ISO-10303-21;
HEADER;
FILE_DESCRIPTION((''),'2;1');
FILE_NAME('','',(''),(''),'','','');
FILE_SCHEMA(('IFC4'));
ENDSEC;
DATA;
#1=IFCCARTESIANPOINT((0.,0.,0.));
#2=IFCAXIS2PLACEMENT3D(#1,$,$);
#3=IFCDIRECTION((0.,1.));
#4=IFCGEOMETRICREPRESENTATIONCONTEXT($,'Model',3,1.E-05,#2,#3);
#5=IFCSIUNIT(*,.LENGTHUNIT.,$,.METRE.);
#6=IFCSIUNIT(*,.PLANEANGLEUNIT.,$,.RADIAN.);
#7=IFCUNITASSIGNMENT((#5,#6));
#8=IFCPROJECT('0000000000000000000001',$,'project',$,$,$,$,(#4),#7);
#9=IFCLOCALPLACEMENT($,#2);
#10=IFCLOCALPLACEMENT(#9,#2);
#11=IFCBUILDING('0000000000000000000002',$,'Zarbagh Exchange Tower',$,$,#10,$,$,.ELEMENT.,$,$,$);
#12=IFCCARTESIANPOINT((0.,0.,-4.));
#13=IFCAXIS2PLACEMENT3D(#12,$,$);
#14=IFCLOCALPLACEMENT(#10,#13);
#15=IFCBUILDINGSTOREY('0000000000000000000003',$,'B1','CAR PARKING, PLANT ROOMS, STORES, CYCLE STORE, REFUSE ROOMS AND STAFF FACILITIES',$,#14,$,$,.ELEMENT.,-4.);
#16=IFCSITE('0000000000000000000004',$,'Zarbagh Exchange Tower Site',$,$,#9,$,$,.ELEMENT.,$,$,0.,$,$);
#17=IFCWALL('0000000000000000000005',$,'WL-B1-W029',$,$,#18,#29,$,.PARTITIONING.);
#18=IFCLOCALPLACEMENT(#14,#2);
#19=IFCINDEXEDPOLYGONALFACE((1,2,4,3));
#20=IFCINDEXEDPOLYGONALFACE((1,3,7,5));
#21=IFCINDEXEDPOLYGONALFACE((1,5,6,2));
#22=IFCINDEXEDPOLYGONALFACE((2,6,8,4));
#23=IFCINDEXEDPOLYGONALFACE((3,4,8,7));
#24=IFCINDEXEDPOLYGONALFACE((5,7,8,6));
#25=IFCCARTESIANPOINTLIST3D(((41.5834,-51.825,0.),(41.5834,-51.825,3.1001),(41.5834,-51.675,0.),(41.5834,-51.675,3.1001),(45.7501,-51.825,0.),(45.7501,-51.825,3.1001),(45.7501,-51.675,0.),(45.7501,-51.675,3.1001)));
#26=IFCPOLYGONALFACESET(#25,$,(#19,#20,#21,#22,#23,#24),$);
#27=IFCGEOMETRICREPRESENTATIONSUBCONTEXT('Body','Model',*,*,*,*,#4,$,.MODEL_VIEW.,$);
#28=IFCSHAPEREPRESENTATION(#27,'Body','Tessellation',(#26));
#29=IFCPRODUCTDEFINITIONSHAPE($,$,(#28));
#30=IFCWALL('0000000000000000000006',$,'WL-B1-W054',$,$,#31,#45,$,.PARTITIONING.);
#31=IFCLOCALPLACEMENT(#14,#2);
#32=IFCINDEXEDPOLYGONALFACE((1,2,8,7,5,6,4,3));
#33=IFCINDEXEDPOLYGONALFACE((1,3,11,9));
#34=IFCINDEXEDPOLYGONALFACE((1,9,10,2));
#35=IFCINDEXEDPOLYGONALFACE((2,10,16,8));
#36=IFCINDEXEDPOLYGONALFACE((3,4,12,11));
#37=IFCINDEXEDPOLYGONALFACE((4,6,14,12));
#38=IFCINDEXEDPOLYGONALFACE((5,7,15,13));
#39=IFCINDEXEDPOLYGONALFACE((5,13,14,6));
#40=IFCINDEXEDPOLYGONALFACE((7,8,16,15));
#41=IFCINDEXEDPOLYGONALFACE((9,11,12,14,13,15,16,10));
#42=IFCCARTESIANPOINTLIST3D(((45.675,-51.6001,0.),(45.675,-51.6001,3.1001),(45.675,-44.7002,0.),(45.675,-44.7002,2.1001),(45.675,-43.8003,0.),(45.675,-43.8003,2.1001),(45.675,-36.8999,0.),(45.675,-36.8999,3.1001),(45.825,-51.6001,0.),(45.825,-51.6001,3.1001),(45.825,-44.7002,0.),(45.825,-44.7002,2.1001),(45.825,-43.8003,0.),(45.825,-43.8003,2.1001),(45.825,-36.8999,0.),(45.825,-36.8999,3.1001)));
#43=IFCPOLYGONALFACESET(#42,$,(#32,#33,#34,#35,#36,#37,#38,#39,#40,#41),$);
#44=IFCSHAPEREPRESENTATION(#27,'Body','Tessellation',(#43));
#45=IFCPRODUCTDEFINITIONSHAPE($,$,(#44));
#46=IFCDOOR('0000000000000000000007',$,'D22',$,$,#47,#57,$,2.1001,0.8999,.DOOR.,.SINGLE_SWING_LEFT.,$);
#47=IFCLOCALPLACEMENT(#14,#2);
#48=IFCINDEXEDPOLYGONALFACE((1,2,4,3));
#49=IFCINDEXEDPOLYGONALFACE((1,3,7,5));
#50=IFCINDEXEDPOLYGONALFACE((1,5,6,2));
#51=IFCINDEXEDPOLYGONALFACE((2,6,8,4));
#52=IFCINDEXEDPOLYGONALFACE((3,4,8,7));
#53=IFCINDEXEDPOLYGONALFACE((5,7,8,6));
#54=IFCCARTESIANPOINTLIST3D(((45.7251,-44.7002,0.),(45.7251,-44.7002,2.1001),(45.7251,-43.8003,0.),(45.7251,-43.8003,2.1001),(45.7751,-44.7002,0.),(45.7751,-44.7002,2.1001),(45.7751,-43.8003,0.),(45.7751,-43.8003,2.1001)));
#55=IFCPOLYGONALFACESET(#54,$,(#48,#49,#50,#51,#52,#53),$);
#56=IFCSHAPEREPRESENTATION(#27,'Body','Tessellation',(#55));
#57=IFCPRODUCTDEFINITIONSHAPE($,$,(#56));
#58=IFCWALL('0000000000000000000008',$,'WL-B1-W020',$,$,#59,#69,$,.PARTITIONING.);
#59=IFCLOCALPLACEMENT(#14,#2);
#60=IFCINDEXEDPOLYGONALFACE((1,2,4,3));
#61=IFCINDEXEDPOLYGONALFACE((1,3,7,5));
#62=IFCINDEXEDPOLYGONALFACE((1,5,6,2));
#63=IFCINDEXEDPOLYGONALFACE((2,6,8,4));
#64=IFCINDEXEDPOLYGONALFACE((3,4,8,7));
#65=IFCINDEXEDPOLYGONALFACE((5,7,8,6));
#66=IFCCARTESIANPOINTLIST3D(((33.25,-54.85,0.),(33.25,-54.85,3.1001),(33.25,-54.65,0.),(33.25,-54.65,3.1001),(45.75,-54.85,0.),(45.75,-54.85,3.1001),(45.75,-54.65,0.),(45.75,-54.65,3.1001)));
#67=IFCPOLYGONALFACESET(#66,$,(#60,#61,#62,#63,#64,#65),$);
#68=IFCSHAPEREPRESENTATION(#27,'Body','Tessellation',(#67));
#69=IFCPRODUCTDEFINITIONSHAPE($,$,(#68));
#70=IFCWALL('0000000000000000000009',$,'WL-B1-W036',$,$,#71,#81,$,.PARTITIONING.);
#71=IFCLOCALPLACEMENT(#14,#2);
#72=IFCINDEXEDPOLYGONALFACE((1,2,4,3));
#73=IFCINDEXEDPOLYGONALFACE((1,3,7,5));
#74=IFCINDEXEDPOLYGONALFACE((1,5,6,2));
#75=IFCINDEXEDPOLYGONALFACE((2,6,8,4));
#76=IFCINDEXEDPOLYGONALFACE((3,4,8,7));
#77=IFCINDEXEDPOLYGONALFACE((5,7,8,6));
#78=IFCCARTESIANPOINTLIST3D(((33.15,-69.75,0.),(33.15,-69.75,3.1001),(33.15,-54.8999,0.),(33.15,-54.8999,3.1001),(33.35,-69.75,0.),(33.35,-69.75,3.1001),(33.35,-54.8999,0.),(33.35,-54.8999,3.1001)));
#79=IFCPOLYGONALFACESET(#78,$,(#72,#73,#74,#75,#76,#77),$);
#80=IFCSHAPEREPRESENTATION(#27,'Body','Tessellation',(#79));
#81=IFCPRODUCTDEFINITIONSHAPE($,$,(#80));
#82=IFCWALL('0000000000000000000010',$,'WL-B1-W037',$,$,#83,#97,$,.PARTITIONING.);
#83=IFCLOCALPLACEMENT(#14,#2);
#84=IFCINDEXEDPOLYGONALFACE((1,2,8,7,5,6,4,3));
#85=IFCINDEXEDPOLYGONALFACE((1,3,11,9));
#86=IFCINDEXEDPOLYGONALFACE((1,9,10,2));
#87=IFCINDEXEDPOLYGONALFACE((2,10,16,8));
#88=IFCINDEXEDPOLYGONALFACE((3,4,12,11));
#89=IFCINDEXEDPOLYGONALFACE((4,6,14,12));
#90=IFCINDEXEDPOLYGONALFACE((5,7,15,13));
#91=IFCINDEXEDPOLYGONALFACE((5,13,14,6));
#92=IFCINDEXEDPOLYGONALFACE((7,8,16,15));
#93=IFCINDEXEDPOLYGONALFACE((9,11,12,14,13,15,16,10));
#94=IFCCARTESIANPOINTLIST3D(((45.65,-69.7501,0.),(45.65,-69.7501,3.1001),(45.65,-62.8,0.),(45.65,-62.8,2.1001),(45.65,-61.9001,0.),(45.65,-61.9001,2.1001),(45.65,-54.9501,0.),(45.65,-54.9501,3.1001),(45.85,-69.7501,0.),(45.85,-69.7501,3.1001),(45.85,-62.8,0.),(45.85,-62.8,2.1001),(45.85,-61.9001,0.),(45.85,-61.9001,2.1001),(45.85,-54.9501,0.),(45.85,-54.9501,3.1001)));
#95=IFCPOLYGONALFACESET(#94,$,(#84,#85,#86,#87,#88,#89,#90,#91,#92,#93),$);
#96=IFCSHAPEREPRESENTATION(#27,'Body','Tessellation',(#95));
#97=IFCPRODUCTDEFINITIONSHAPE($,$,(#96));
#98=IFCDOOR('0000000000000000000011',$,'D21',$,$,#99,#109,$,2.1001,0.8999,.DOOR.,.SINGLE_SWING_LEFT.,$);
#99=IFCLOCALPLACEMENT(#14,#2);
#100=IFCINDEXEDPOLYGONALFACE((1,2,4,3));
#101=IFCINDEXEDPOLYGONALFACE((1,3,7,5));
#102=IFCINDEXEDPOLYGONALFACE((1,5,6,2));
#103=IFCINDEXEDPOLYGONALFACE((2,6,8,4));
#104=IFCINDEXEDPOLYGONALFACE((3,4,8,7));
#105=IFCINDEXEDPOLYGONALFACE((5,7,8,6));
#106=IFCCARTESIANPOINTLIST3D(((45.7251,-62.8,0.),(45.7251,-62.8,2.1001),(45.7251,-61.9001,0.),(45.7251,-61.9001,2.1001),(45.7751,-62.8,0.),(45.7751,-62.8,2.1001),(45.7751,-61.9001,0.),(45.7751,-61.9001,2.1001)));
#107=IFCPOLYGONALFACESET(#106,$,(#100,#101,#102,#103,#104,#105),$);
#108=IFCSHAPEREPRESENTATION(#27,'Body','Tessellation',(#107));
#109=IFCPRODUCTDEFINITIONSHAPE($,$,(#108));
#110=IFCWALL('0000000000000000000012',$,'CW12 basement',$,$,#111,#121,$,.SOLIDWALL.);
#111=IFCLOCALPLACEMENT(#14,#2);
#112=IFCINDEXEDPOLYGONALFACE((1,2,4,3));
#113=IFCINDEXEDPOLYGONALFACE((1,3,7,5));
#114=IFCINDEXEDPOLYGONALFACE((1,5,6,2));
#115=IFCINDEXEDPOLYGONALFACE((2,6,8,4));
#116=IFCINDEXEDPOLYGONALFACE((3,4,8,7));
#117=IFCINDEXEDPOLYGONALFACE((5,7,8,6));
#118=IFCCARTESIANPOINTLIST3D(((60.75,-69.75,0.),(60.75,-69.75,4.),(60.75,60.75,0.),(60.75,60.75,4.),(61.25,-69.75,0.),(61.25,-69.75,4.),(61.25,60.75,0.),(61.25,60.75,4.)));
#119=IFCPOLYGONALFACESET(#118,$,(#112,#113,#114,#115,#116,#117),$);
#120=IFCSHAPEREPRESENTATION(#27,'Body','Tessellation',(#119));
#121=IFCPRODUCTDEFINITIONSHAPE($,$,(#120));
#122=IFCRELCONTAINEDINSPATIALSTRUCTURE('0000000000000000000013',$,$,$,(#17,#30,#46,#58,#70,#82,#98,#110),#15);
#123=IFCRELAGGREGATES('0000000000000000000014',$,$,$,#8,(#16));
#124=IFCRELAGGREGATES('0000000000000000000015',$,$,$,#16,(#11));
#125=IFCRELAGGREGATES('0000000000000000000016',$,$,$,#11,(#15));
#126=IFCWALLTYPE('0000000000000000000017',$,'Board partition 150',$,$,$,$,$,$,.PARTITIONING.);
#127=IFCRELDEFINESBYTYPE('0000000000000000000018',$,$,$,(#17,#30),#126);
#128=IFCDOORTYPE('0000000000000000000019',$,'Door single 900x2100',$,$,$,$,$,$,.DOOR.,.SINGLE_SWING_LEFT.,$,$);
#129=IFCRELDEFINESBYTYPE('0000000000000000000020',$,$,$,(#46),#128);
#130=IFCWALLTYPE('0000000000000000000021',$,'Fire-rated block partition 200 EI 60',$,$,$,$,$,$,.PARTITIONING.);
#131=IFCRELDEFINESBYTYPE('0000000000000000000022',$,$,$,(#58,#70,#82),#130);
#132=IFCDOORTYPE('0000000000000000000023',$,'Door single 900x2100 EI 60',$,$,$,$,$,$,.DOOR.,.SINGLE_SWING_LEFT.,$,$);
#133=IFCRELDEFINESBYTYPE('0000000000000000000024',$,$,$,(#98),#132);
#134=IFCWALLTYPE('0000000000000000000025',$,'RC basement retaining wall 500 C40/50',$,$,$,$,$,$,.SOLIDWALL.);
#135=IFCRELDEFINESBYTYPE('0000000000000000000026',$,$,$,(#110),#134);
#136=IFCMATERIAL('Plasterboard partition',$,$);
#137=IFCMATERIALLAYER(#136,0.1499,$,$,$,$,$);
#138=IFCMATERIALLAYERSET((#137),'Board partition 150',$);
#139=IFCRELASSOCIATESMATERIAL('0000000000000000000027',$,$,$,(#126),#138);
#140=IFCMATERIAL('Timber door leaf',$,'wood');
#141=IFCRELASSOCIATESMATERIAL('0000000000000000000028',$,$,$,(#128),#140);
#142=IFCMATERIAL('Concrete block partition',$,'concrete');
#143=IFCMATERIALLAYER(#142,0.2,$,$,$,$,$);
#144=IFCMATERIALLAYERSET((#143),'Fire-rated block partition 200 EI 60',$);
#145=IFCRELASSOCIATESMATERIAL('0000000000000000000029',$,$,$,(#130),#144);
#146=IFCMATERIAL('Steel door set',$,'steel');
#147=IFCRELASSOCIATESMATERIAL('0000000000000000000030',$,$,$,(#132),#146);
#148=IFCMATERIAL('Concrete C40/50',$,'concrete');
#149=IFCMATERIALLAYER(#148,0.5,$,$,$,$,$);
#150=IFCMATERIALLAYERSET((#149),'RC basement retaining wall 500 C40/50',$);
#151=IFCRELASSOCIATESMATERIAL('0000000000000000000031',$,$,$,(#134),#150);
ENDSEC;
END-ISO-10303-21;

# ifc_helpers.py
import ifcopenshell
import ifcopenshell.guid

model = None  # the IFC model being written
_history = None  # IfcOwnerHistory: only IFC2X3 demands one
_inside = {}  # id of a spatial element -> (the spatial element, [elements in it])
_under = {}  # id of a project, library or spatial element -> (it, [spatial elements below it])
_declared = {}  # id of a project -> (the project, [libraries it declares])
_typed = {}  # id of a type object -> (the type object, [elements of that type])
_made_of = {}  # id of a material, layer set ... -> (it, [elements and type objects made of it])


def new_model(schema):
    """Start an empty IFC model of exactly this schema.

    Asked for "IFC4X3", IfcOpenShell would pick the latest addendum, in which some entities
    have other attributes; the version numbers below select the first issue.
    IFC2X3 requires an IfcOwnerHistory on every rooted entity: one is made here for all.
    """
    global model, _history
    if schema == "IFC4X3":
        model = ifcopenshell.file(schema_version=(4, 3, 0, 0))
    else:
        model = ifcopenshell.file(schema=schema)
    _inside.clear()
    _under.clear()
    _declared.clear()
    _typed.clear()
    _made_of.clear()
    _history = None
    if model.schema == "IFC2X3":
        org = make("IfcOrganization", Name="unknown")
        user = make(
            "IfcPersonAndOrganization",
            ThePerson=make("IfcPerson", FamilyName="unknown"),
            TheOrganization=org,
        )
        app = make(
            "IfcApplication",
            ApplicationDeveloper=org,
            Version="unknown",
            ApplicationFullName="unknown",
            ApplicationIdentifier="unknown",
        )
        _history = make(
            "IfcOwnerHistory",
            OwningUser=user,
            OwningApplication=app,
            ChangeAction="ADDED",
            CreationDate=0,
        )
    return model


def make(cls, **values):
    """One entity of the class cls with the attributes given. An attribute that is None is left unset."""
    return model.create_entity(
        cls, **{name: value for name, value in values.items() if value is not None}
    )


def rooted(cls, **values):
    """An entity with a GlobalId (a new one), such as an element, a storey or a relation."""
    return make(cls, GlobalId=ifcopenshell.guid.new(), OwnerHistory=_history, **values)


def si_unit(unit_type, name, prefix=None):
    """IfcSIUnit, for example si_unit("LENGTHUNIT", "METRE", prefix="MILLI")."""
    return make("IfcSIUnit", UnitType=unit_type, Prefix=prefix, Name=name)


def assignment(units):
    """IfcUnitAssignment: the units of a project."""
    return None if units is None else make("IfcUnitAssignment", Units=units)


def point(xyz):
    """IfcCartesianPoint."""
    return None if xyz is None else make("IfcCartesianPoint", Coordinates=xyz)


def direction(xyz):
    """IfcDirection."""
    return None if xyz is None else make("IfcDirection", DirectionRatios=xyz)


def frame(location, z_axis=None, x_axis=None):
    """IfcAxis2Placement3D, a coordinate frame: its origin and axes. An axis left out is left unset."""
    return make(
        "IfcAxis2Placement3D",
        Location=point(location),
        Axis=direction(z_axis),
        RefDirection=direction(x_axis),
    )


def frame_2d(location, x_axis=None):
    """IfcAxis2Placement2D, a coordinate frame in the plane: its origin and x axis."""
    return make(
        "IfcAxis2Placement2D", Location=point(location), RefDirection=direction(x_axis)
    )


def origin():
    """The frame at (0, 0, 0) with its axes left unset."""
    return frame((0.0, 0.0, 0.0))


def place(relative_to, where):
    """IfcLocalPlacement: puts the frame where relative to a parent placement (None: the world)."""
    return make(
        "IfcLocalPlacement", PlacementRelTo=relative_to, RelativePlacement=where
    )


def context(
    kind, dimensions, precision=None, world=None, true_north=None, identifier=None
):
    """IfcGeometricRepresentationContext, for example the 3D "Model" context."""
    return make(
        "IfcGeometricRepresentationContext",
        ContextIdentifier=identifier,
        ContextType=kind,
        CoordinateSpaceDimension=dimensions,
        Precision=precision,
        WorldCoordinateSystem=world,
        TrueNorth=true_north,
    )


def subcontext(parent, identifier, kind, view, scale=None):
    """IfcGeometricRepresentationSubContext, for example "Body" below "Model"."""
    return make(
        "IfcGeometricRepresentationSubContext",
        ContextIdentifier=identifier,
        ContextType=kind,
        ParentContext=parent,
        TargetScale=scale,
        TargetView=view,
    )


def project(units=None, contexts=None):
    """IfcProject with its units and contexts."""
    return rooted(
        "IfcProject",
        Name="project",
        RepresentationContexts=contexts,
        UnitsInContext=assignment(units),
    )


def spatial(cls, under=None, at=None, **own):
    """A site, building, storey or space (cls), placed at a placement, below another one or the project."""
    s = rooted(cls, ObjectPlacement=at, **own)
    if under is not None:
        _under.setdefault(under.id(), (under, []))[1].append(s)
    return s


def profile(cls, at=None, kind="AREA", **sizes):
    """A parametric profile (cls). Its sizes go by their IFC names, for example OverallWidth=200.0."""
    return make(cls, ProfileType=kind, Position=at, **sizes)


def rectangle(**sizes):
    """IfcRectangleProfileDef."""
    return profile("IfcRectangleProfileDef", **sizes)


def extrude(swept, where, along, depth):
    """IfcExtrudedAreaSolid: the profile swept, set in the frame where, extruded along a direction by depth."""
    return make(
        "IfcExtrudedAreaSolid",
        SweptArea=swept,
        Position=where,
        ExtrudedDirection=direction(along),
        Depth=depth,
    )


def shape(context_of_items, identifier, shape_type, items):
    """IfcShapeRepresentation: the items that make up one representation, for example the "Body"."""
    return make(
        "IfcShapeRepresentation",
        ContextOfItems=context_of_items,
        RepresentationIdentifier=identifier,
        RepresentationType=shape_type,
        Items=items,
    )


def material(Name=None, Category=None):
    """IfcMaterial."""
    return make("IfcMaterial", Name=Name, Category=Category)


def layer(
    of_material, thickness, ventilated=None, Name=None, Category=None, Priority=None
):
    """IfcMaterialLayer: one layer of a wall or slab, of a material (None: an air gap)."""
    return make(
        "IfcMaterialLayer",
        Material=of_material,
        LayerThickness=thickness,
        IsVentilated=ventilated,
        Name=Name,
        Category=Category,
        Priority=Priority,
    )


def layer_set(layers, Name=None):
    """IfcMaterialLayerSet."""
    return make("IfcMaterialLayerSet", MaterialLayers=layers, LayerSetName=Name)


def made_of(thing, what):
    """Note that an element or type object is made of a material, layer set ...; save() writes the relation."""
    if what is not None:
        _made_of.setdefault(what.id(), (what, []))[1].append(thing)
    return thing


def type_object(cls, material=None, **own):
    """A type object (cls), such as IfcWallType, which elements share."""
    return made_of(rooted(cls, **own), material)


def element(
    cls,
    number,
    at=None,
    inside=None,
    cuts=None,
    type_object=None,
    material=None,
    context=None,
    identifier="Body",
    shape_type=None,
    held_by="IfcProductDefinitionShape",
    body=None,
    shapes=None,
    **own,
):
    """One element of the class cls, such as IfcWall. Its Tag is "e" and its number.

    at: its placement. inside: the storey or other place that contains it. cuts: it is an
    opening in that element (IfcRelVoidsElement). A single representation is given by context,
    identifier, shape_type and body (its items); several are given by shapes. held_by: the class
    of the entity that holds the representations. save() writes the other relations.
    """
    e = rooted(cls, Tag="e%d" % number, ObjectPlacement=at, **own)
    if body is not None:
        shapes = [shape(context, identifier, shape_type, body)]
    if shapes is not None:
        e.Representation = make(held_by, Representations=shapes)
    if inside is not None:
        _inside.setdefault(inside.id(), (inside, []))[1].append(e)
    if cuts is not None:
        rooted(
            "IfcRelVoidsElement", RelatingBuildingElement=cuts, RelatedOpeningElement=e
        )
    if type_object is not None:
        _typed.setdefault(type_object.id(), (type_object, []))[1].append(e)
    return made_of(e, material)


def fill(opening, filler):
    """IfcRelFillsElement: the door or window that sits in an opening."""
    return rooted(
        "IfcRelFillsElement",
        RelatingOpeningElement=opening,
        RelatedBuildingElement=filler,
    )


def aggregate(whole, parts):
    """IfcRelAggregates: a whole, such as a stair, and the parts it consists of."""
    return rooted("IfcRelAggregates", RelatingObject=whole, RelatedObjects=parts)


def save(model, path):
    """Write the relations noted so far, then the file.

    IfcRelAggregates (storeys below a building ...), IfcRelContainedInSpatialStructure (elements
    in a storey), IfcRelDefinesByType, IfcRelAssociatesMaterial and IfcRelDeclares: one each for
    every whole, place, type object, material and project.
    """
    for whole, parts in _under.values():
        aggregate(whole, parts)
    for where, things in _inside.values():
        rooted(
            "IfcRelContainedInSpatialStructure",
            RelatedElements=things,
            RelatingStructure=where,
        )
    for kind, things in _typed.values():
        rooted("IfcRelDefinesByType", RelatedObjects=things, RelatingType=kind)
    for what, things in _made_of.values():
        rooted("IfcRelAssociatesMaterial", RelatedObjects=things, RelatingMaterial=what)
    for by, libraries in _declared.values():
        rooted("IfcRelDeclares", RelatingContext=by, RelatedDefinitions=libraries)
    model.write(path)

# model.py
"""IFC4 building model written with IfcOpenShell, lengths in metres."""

from ifc_helpers import new_model, si_unit, direction, frame, frame_2d, origin, place, context, subcontext, project, spatial, rectangle, extrude, material, layer, layer_set, type_object, element, fill, save


model = new_model("IFC4")

# Units and contexts
model_context = context("Model", 3, precision=1e-05, world=origin(), true_north=direction((0.0, 1.0)))
body_context = subcontext(model_context, "Body", "Model", "MODEL_VIEW")
ifc_project = project(units=[si_unit("LENGTHUNIT", "METRE"), si_unit("PLANEANGLEUNIT", "RADIAN")], contexts=[model_context])

# Site, building, storey
site_placement = place(None, origin())
site = spatial("IfcSite", under=ifc_project, at=site_placement, Name="Zarbagh Exchange Tower Site", CompositionType="ELEMENT", RefElevation=0.0)
building_placement = place(site_placement, origin())
building = spatial("IfcBuilding", under=site, at=building_placement, Name="Zarbagh Exchange Tower", CompositionType="ELEMENT")
storey_placement = place(building_placement, frame((0.0, 0.0, -4.0)))
storey = spatial("IfcBuildingStorey", under=building, at=storey_placement, Name="B1", Description="CAR PARKING, PLANT ROOMS, STORES, CYCLE STORE, REFUSE ROOMS AND STAFF FACILITIES", CompositionType="ELEMENT", Elevation=-4.0)

# Shared definitions
ifc_material_1 = material(Name="Plasterboard partition")
ifc_layer_1 = layer(ifc_material_1, 0.1499)
ifc_layer_set_1 = layer_set([ifc_layer_1], Name="Board partition 150")
wall_type_1 = type_object("IfcWallType", Name="Board partition 150", PredefinedType="PARTITIONING", material=ifc_layer_set_1)
ifc_material_2 = material(Name="Timber door leaf", Category="wood")
door_type_1 = type_object("IfcDoorType", Name="Door single 900x2100", OperationType="SINGLE_SWING_LEFT", PredefinedType="DOOR", material=ifc_material_2)

# Wall
wall_1_placement = place(storey_placement, frame((41.5833, -51.75, 0.0), z_axis=(0.0, 0.0, 1.0), x_axis=(1.0, 0.0, 0.0)))
element("IfcWall", 1, at=wall_1_placement, inside=storey, type_object=wall_type_1, Name="WL-B1-W029", PredefinedType="PARTITIONING", context=body_context, shape_type="SweptSolid", body=[
    extrude(rectangle(XDim=4.1667, YDim=0.1499, at=frame_2d((2.0835, 0.0))), origin(), (0.0, 0.0, 1.0), 3.1001),
])

# Wall, opening, door
wall_2_placement = place(storey_placement, frame((45.75, -51.6001, 0.0), z_axis=(0.0, 0.0, 1.0), x_axis=(0.0, 1.0, 0.0)))
wall_2 = element("IfcWall", 2, at=wall_2_placement, inside=storey, type_object=wall_type_1, Name="WL-B1-W054", PredefinedType="PARTITIONING", context=body_context, shape_type="SweptSolid", body=[
    extrude(rectangle(XDim=14.7002, YDim=0.1499, at=frame_2d((7.3501, 0.0))), origin(), (0.0, 0.0, 1.0), 3.1001),
])
opening_1_placement = place(wall_2_placement, frame((6.8999, 0.0, 0.0)))
opening_1 = element("IfcOpeningElement", 3, at=opening_1_placement, cuts=wall_2, PredefinedType="OPENING", context=body_context, shape_type="SweptSolid", body=[
    extrude(rectangle(XDim=0.8999, YDim=2.1001, at=frame_2d((0.45, 1.05))), frame((0.0, 0.085, 0.0), z_axis=(0.0, -1.0, 0.0), x_axis=(1.0, 0.0, 0.0)), (0.0, 0.0, 1.0), 0.1699),
])
door_1_placement = place(opening_1_placement, origin())
door_1 = element("IfcDoor", 4, at=door_1_placement, inside=storey, type_object=door_type_1, Name="D22", OperationType="SINGLE_SWING_LEFT", OverallHeight=2.1001, OverallWidth=0.8999, PredefinedType="DOOR", context=body_context, shape_type="SweptSolid", body=[
    extrude(rectangle(XDim=0.8999, YDim=2.1001, at=frame_2d((0.45, 1.05))), frame((0.0, 0.0249, 0.0), z_axis=(0.0, -1.0, 0.0), x_axis=(1.0, 0.0, 0.0)), (0.0, 0.0, 1.0), 0.05),
])
fill(opening_1, door_1)

# Walls
ifc_material_3 = material(Name="Concrete block partition", Category="concrete")
ifc_layer_2 = layer(ifc_material_3, 0.2)
ifc_layer_set_2 = layer_set([ifc_layer_2], Name="Fire-rated block partition 200 EI 60")
wall_type_2 = type_object("IfcWallType", Name="Fire-rated block partition 200 EI 60", PredefinedType="PARTITIONING", material=ifc_layer_set_2)
wall_3_placement = place(storey_placement, frame((45.75, -54.75, 0.0), z_axis=(0.0, 0.0, 1.0), x_axis=(-1.0, 0.0, 0.0)))
element("IfcWall", 5, at=wall_3_placement, inside=storey, type_object=wall_type_2, Name="WL-B1-W020", PredefinedType="PARTITIONING", context=body_context, shape_type="SweptSolid", body=[
    extrude(rectangle(XDim=12.5, YDim=0.2, at=frame_2d((6.25, 0.0))), origin(), (0.0, 0.0, 1.0), 3.1001),
])
wall_4_placement = place(storey_placement, frame((33.25, -54.8999, 0.0), z_axis=(0.0, 0.0, 1.0), x_axis=(0.0, -1.0, 0.0)))
element("IfcWall", 6, at=wall_4_placement, inside=storey, type_object=wall_type_2, Name="WL-B1-W036", PredefinedType="PARTITIONING", context=body_context, shape_type="SweptSolid", body=[
    extrude(rectangle(XDim=14.8501, YDim=0.2, at=frame_2d((7.425, 0.0))), origin(), (0.0, 0.0, 1.0), 3.1001),
])

# Wall, opening, door
wall_5_placement = place(storey_placement, frame((45.75, -69.75, 0.0), z_axis=(0.0, 0.0, 1.0), x_axis=(0.0, 1.0, 0.0)))
wall_5 = element("IfcWall", 7, at=wall_5_placement, inside=storey, type_object=wall_type_2, Name="WL-B1-W037", PredefinedType="PARTITIONING", context=body_context, shape_type="SweptSolid", body=[
    extrude(rectangle(XDim=14.8, YDim=0.2, at=frame_2d((7.3999, 0.0))), origin(), (0.0, 0.0, 1.0), 3.1001),
])
opening_2_placement = place(wall_5_placement, frame((6.95, 0.0, 0.0)))
opening_2 = element("IfcOpeningElement", 8, at=opening_2_placement, cuts=wall_5, PredefinedType="OPENING", context=body_context, shape_type="SweptSolid", body=[
    extrude(rectangle(XDim=0.8999, YDim=2.1001, at=frame_2d((0.45, 1.05))), frame((0.0, 0.1099, 0.0), z_axis=(0.0, -1.0, 0.0), x_axis=(1.0, 0.0, 0.0)), (0.0, 0.0, 1.0), 0.22),
])
ifc_material_4 = material(Name="Steel door set", Category="steel")
door_type_2 = type_object("IfcDoorType", Name="Door single 900x2100 EI 60", OperationType="SINGLE_SWING_LEFT", PredefinedType="DOOR", material=ifc_material_4)
door_2_placement = place(opening_2_placement, origin())
door_2 = element("IfcDoor", 9, at=door_2_placement, inside=storey, type_object=door_type_2, Name="D21", OperationType="SINGLE_SWING_LEFT", OverallHeight=2.1001, OverallWidth=0.8999, PredefinedType="DOOR", context=body_context, shape_type="SweptSolid", body=[
    extrude(rectangle(XDim=0.8999, YDim=2.1001, at=frame_2d((0.45, 1.05))), frame((0.0, 0.0249, 0.0), z_axis=(0.0, -1.0, 0.0), x_axis=(1.0, 0.0, 0.0)), (0.0, 0.0, 1.0), 0.05),
])
fill(opening_2, door_2)

# Wall
ifc_material_5 = material(Name="Concrete C40/50", Category="concrete")
ifc_layer_3 = layer(ifc_material_5, 0.5)
ifc_layer_set_3 = layer_set([ifc_layer_3], Name="RC basement retaining wall 500 C40/50")
wall_type_3 = type_object("IfcWallType", Name="RC basement retaining wall 500 C40/50", PredefinedType="SOLIDWALL", material=ifc_layer_set_3)
wall_6_placement = place(storey_placement, frame((61.0, -69.75, 0.0), z_axis=(0.0, 0.0, 1.0), x_axis=(0.0, 1.0, 0.0)))
element("IfcWall", 10, at=wall_6_placement, inside=storey, type_object=wall_type_3, Name="CW12 basement", PredefinedType="SOLIDWALL", context=body_context, shape_type="SweptSolid", body=[
    extrude(rectangle(XDim=130.5, YDim=0.5, at=frame_2d((65.25, 0.0))), origin(), (0.0, 0.0, 1.0), 4.0),
])

save(model, "model.ifc")
